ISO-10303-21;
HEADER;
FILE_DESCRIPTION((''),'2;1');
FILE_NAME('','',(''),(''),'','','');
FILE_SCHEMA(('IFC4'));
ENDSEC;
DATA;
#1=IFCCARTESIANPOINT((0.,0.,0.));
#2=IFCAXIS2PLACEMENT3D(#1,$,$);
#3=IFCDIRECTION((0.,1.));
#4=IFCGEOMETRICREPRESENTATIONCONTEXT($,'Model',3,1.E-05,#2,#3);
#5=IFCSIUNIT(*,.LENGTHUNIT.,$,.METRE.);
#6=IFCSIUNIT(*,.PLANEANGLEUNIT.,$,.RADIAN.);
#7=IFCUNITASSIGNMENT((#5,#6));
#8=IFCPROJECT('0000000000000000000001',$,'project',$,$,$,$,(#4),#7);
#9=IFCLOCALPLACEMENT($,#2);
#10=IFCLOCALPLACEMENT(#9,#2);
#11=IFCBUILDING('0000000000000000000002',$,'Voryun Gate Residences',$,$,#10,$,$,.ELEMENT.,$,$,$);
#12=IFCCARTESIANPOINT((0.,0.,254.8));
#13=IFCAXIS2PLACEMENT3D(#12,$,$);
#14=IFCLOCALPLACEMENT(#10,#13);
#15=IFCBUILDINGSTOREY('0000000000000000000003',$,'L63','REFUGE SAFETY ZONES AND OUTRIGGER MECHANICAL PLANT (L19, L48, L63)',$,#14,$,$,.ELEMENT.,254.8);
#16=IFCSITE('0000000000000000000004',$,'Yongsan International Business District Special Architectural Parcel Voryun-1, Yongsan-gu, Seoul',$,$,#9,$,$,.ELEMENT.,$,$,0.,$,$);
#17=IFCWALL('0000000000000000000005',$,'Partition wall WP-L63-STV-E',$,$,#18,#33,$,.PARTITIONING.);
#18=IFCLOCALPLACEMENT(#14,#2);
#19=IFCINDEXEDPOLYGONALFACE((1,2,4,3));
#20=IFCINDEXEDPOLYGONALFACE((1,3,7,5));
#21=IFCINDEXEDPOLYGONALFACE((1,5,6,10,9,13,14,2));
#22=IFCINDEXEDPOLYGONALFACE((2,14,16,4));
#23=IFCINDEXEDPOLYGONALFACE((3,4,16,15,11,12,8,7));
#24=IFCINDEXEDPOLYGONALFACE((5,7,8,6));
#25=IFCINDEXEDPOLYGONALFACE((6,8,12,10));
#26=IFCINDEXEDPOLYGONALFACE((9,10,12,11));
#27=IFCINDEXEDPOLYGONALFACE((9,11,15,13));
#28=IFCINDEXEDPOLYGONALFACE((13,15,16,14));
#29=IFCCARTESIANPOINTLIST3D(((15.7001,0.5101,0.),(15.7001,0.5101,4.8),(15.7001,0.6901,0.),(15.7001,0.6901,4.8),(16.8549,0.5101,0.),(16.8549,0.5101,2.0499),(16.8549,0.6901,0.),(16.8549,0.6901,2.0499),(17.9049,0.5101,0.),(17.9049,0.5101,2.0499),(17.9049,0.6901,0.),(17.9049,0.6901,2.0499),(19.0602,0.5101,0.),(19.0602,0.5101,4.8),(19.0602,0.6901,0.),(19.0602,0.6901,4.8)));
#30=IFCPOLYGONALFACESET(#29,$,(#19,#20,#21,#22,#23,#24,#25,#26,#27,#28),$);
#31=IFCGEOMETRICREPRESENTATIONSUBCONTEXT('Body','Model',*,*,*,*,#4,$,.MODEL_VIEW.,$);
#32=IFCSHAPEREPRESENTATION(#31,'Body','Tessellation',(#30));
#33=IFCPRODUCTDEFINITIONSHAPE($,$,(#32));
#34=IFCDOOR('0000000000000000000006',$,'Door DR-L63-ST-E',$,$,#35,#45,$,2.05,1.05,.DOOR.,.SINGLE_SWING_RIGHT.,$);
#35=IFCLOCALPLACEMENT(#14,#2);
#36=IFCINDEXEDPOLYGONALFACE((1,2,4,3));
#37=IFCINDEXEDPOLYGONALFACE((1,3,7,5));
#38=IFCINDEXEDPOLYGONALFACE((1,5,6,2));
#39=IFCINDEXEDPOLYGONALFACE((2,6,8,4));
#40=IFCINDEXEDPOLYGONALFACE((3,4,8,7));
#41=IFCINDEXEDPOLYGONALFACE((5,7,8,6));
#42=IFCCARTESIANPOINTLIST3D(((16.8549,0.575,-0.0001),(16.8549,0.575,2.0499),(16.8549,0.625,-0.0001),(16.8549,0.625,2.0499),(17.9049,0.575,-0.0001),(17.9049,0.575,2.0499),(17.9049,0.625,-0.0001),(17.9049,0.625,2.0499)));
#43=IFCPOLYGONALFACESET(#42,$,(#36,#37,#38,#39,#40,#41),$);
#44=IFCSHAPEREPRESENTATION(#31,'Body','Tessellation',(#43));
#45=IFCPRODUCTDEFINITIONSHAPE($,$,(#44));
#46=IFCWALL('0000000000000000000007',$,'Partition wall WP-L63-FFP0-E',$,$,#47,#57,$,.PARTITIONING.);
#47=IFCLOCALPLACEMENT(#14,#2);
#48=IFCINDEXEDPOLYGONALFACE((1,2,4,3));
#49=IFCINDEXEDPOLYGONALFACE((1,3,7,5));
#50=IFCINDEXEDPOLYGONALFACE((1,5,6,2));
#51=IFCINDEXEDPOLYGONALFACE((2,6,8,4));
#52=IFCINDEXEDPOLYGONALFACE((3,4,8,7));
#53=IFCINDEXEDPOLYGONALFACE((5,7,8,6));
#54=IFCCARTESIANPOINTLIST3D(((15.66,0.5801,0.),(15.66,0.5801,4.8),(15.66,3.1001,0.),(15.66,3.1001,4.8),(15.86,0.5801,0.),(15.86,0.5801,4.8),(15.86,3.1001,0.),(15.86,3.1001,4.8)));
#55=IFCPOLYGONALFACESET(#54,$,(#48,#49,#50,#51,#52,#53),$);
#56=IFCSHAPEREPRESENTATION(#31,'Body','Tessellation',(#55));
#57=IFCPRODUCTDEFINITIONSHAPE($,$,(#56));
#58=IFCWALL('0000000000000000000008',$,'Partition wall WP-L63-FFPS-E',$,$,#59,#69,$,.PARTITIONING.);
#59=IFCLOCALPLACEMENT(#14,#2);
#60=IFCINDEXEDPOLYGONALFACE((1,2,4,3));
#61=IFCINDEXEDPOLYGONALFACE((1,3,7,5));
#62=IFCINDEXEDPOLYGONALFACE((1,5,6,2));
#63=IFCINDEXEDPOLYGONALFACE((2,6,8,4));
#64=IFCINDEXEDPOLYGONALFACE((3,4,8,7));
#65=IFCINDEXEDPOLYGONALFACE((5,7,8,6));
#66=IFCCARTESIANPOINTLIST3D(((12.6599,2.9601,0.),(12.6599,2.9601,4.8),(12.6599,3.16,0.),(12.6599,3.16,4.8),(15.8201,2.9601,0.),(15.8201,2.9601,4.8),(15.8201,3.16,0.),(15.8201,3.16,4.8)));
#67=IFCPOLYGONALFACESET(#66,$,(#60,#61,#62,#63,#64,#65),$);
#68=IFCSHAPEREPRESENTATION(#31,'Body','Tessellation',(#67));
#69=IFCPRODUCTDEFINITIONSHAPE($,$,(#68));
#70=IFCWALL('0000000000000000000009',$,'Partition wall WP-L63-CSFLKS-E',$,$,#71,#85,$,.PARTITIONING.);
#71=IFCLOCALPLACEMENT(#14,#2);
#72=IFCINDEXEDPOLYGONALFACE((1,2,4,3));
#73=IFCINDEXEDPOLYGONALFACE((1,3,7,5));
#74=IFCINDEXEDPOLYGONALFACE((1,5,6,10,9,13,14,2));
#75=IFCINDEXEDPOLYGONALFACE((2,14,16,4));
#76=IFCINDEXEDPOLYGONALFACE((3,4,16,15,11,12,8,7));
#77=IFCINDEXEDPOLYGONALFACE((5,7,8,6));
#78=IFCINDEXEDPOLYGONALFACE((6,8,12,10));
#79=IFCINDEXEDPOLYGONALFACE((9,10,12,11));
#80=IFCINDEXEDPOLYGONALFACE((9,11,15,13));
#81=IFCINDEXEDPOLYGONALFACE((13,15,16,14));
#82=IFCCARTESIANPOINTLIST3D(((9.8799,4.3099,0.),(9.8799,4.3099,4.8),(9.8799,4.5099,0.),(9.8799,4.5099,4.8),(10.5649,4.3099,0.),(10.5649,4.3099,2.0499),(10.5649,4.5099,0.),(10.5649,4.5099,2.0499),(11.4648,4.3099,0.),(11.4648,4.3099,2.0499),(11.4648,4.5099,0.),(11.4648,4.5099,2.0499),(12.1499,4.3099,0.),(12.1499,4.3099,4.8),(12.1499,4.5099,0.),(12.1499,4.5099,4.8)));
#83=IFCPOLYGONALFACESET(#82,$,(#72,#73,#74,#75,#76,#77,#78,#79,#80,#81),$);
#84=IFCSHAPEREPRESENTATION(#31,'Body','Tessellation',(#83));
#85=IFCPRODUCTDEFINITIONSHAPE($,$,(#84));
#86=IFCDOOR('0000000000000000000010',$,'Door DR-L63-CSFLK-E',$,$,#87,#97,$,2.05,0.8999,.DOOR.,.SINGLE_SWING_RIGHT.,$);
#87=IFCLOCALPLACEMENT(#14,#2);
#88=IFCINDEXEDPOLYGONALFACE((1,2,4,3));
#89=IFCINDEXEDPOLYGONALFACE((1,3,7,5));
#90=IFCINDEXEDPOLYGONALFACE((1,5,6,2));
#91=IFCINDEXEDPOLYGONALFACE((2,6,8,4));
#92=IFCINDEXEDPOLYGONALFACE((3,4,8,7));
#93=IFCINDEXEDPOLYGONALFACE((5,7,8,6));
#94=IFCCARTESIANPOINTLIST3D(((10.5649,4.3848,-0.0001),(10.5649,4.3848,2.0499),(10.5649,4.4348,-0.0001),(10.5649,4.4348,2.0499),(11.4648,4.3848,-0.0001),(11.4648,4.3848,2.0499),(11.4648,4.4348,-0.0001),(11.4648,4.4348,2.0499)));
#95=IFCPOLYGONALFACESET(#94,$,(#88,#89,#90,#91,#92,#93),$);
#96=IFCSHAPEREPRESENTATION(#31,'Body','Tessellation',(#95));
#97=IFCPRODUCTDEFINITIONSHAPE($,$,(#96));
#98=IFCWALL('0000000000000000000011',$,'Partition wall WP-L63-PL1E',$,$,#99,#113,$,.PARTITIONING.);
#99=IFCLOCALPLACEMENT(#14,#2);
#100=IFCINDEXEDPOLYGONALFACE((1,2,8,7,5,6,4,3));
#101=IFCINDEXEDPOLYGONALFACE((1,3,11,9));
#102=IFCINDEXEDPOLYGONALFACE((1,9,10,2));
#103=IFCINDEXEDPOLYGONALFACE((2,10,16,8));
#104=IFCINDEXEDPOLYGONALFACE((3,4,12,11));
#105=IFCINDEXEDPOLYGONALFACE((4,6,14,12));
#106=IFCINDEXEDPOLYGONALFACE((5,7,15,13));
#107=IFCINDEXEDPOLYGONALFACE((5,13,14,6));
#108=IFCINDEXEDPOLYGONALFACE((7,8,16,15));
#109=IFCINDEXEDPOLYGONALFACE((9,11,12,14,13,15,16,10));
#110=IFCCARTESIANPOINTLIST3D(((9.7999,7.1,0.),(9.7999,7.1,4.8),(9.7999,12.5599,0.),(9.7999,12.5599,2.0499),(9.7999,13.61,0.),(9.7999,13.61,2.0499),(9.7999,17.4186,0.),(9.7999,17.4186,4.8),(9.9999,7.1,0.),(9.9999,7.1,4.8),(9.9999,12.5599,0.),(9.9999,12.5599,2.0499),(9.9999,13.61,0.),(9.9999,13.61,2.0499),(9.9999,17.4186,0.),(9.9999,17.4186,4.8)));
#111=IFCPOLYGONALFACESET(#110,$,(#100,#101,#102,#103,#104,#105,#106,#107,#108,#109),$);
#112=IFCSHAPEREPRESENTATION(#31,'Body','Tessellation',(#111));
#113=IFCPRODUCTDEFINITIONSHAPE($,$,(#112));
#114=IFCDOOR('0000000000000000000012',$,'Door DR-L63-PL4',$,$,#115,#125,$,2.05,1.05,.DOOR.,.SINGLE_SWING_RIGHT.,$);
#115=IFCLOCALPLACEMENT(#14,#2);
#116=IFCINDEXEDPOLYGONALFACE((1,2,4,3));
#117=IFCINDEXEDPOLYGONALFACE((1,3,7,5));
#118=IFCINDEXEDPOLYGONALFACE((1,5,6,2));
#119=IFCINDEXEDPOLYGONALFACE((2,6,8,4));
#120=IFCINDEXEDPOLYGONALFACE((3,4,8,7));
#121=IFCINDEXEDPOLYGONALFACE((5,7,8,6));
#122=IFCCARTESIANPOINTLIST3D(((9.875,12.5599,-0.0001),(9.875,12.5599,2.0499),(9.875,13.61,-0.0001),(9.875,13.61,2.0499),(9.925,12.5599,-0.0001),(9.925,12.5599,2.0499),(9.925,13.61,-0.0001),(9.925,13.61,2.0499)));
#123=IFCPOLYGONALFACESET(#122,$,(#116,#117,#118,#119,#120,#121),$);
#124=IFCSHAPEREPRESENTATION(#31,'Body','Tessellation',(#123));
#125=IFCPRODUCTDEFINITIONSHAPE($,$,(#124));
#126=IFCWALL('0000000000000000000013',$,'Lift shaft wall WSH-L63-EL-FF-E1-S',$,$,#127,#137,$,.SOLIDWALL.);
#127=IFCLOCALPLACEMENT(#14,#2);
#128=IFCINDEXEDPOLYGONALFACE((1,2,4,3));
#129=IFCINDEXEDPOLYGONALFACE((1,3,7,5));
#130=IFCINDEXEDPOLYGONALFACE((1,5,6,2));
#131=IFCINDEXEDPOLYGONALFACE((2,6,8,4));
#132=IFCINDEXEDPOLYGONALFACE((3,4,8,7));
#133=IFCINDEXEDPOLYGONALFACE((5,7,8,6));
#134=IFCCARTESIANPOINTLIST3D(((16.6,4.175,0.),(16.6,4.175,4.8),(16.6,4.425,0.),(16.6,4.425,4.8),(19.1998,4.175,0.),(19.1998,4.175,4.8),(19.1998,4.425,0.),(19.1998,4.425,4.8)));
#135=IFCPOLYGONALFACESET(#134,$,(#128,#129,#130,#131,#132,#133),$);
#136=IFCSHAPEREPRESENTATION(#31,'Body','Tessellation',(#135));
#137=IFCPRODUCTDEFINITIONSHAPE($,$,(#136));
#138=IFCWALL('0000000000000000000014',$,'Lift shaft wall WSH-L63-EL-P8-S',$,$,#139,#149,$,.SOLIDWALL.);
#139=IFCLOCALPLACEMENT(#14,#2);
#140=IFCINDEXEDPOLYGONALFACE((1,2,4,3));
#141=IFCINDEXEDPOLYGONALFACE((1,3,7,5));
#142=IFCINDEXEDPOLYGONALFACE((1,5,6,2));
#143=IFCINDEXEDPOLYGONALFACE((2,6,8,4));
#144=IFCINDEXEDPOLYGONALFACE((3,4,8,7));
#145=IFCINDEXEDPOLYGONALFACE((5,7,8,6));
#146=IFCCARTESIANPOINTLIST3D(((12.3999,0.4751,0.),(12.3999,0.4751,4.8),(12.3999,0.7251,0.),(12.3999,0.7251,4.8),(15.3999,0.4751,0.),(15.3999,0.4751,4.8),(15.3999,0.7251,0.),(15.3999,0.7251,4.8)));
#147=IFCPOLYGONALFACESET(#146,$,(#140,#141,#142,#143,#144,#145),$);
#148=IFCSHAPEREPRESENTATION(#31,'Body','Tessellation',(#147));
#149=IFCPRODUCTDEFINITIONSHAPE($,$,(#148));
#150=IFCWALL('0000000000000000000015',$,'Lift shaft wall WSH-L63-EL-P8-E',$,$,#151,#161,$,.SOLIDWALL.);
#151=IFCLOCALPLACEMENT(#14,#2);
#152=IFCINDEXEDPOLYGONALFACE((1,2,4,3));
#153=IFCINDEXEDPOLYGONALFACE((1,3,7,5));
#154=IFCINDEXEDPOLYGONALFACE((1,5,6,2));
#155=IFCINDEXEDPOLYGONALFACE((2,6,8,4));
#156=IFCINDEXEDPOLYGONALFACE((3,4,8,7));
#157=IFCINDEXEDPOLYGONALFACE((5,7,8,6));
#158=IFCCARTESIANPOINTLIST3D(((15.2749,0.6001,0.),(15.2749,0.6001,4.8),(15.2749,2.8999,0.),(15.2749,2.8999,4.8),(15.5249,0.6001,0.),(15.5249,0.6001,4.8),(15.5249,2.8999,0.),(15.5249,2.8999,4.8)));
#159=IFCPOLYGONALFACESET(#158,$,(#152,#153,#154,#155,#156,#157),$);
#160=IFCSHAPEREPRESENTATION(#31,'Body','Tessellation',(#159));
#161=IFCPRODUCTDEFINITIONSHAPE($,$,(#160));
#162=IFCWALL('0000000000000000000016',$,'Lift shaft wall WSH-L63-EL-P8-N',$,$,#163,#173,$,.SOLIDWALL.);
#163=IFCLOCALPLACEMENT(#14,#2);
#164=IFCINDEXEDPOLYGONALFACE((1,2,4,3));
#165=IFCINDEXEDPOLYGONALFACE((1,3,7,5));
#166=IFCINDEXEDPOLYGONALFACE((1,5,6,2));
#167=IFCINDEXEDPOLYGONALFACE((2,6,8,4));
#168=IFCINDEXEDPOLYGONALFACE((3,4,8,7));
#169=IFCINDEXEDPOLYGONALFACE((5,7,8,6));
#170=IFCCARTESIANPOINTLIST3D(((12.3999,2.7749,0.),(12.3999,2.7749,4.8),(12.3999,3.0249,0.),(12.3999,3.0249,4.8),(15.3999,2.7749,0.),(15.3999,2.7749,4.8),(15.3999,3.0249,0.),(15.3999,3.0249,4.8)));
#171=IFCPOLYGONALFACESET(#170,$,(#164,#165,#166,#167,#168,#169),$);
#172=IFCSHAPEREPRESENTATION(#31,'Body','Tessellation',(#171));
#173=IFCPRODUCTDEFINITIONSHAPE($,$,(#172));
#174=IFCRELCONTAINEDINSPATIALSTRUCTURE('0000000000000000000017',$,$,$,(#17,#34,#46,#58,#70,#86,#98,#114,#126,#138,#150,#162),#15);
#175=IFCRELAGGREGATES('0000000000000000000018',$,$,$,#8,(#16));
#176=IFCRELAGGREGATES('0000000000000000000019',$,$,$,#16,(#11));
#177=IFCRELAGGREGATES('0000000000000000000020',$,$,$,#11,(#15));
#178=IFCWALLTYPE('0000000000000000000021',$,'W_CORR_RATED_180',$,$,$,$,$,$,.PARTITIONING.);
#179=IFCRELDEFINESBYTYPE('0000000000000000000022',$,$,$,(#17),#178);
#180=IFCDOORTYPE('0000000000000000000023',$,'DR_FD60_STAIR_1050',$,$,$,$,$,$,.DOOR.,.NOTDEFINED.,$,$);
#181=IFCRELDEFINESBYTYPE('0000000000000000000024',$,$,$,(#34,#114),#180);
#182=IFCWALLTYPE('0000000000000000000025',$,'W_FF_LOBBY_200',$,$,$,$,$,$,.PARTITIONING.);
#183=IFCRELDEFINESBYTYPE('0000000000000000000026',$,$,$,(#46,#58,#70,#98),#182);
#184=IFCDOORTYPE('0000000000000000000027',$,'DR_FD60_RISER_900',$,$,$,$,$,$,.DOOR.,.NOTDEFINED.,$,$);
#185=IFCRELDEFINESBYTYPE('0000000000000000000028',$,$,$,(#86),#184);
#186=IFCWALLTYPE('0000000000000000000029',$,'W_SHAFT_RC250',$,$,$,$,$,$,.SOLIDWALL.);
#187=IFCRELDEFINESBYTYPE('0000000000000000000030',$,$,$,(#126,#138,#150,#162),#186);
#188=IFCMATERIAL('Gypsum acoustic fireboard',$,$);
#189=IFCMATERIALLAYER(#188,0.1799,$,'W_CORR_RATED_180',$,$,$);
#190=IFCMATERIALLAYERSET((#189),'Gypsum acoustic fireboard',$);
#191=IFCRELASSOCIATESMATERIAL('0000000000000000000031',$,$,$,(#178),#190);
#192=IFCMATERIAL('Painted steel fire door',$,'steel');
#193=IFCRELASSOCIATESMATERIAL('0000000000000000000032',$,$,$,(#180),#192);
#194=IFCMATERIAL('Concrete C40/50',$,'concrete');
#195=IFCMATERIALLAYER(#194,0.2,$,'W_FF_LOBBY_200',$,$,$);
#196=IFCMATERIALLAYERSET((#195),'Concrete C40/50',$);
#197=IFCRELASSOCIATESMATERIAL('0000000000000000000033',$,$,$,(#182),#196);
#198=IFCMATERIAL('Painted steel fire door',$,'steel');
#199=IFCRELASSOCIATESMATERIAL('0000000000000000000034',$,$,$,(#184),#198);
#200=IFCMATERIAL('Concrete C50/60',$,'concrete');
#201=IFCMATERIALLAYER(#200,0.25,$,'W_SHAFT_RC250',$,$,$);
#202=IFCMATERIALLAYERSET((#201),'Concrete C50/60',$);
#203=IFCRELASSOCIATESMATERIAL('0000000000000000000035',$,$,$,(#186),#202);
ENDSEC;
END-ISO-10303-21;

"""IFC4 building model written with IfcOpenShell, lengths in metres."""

from ifc_helpers import new_model, si_unit, direction, frame, frame_2d, origin, place, context, subcontext, project, spatial, rectangle, extrude, material, layer, layer_set, type_object, element, fill, save


model = new_model("IFC4")

# Units and contexts
model_context = context("Model", 3, precision=1e-05, world=origin(), true_north=direction((0.0, 1.0)))
body_context = subcontext(model_context, "Body", "Model", "MODEL_VIEW")
ifc_project = project(units=[si_unit("LENGTHUNIT", "METRE"), si_unit("PLANEANGLEUNIT", "RADIAN")], contexts=[model_context])

# Site, building, storey
site_placement = place(None, origin())
site = spatial("IfcSite", under=ifc_project, at=site_placement, Name="Yongsan International Business District Special Architectural Parcel Voryun-1, Yongsan-gu, Seoul", CompositionType="ELEMENT", RefElevation=0.0)
building_placement = place(site_placement, origin())
building = spatial("IfcBuilding", under=site, at=building_placement, Name="Voryun Gate Residences", CompositionType="ELEMENT")
storey_placement = place(building_placement, frame((0.0, 0.0, 254.8)))
storey = spatial("IfcBuildingStorey", under=building, at=storey_placement, Name="L63", Description="REFUGE SAFETY ZONES AND OUTRIGGER MECHANICAL PLANT (L19, L48, L63)", CompositionType="ELEMENT", Elevation=254.8)

# Wall, opening, door
ifc_material_1 = material(Name="Gypsum acoustic fireboard")
ifc_layer_1 = layer(ifc_material_1, 0.1799, Name="W_CORR_RATED_180")
ifc_layer_set_1 = layer_set([ifc_layer_1], Name="Gypsum acoustic fireboard")
wall_type_1 = type_object("IfcWallType", Name="W_CORR_RATED_180", PredefinedType="PARTITIONING", material=ifc_layer_set_1)
wall_1_placement = place(storey_placement, frame((15.7, 0.6001, 0.0), z_axis=(0.0, 0.0, 1.0), x_axis=(1.0, 0.0, 0.0)))
wall_1 = element("IfcWall", 1, at=wall_1_placement, inside=storey, type_object=wall_type_1, Name="Partition wall WP-L63-STV-E", PredefinedType="PARTITIONING", context=body_context, shape_type="SweptSolid", body=[
    extrude(rectangle(XDim=3.3601, YDim=0.1799, at=frame_2d((1.6802, 0.0))), origin(), (0.0, 0.0, 1.0), 4.8),
])
opening_1_placement = place(wall_1_placement, frame((1.155, 0.0, 0.0)))
opening_1 = element("IfcOpeningElement", 2, at=opening_1_placement, cuts=wall_1, PredefinedType="OPENING", context=body_context, shape_type="SweptSolid", body=[
    extrude(rectangle(XDim=1.05, YDim=2.05, at=frame_2d((0.5249, 1.0249))), frame((0.0, 0.0999, 0.0), z_axis=(0.0, -1.0, 0.0), x_axis=(1.0, 0.0, 0.0)), (0.0, 0.0, 1.0), 0.2),
])
ifc_material_2 = material(Name="Painted steel fire door", Category="steel")
door_type_1 = type_object("IfcDoorType", Name="DR_FD60_STAIR_1050", OperationType="NOTDEFINED", PredefinedType="DOOR", material=ifc_material_2)
door_1_placement = place(opening_1_placement, origin())
door_1 = element("IfcDoor", 3, at=door_1_placement, inside=storey, type_object=door_type_1, Name="Door DR-L63-ST-E", OperationType="SINGLE_SWING_RIGHT", OverallHeight=2.05, OverallWidth=1.05, PredefinedType="DOOR", context=body_context, shape_type="SweptSolid", body=[
    extrude(rectangle(XDim=1.05, YDim=2.05, at=frame_2d((0.5249, 1.0249))), frame((0.0, 0.0249, 0.0), z_axis=(0.0, -1.0, 0.0), x_axis=(1.0, 0.0, 0.0)), (0.0, 0.0, 1.0), 0.05),
])
fill(opening_1, door_1)

# Walls
ifc_material_3 = material(Name="Concrete C40/50", Category="concrete")
ifc_layer_2 = layer(ifc_material_3, 0.2, Name="W_FF_LOBBY_200")
ifc_layer_set_2 = layer_set([ifc_layer_2], Name="Concrete C40/50")
wall_type_2 = type_object("IfcWallType", Name="W_FF_LOBBY_200", PredefinedType="PARTITIONING", material=ifc_layer_set_2)
wall_2_placement = place(storey_placement, frame((15.76, 0.5801, 0.0), z_axis=(0.0, 0.0, 1.0), x_axis=(0.0, 1.0, 0.0)))
element("IfcWall", 4, at=wall_2_placement, inside=storey, type_object=wall_type_2, Name="Partition wall WP-L63-FFP0-E", PredefinedType="PARTITIONING", context=body_context, shape_type="SweptSolid", body=[
    extrude(rectangle(XDim=2.52, YDim=0.2, at=frame_2d((1.26, 0.0))), origin(), (0.0, 0.0, 1.0), 4.8),
])
wall_3_placement = place(storey_placement, frame((12.6599, 3.0601, 0.0), z_axis=(0.0, 0.0, 1.0), x_axis=(1.0, 0.0, 0.0)))
element("IfcWall", 5, at=wall_3_placement, inside=storey, type_object=wall_type_2, Name="Partition wall WP-L63-FFPS-E", PredefinedType="PARTITIONING", context=body_context, shape_type="SweptSolid", body=[
    extrude(rectangle(XDim=3.1602, YDim=0.2, at=frame_2d((1.5801, 0.0))), origin(), (0.0, 0.0, 1.0), 4.8),
])

# Walls, openings, doors
wall_4_placement = place(storey_placement, frame((9.8799, 4.4099, 0.0), z_axis=(0.0, 0.0, 1.0), x_axis=(1.0, 0.0, 0.0)))
wall_4 = element("IfcWall", 6, at=wall_4_placement, inside=storey, type_object=wall_type_2, Name="Partition wall WP-L63-CSFLKS-E", PredefinedType="PARTITIONING", context=body_context, shape_type="SweptSolid", body=[
    extrude(rectangle(XDim=2.27, YDim=0.2, at=frame_2d((1.135, 0.0))), origin(), (0.0, 0.0, 1.0), 4.8),
])
opening_2_placement = place(wall_4_placement, frame((0.6851, 0.0, 0.0)))
opening_2 = element("IfcOpeningElement", 7, at=opening_2_placement, cuts=wall_4, PredefinedType="OPENING", context=body_context, shape_type="SweptSolid", body=[
    extrude(rectangle(XDim=0.8999, YDim=2.05, at=frame_2d((0.45, 1.0249))), frame((0.0, 0.1101, 0.0), z_axis=(0.0, -1.0, 0.0), x_axis=(1.0, 0.0, 0.0)), (0.0, 0.0, 1.0), 0.22),
])
ifc_material_4 = material(Name="Painted steel fire door", Category="steel")
door_type_2 = type_object("IfcDoorType", Name="DR_FD60_RISER_900", OperationType="NOTDEFINED", PredefinedType="DOOR", material=ifc_material_4)
door_2_placement = place(opening_2_placement, origin())
door_2 = element("IfcDoor", 8, at=door_2_placement, inside=storey, type_object=door_type_2, Name="Door DR-L63-CSFLK-E", OperationType="SINGLE_SWING_RIGHT", OverallHeight=2.05, OverallWidth=0.8999, PredefinedType="DOOR", context=body_context, shape_type="SweptSolid", body=[
    extrude(rectangle(XDim=0.8999, YDim=2.05, at=frame_2d((0.45, 1.0249))), frame((0.0, 0.0249, 0.0), z_axis=(0.0, -1.0, 0.0), x_axis=(1.0, 0.0, 0.0)), (0.0, 0.0, 1.0), 0.05),
])
fill(opening_2, door_2)
wall_5_placement = place(storey_placement, frame((9.8999, 7.1001, 0.0), z_axis=(0.0, 0.0, 1.0), x_axis=(0.0, 1.0, 0.0)))
wall_5 = element("IfcWall", 9, at=wall_5_placement, inside=storey, type_object=wall_type_2, Name="Partition wall WP-L63-PL1E", PredefinedType="PARTITIONING", context=body_context, shape_type="SweptSolid", body=[
    extrude(rectangle(XDim=10.3186, YDim=0.2, at=frame_2d((5.1592, 0.0))), origin(), (0.0, 0.0, 1.0), 4.8),
])
opening_3_placement = place(wall_5_placement, frame((5.46, 0.0, 0.0)))
opening_3 = element("IfcOpeningElement", 10, at=opening_3_placement, cuts=wall_5, PredefinedType="OPENING", context=body_context, shape_type="SweptSolid", body=[
    extrude(rectangle(XDim=1.05, YDim=2.05, at=frame_2d((0.5249, 1.0249))), frame((0.0, 0.1101, 0.0), z_axis=(0.0, -1.0, 0.0), x_axis=(1.0, 0.0, 0.0)), (0.0, 0.0, 1.0), 0.22),
])
door_3_placement = place(opening_3_placement, origin())
door_3 = element("IfcDoor", 11, at=door_3_placement, inside=storey, type_object=door_type_1, Name="Door DR-L63-PL4", OperationType="SINGLE_SWING_RIGHT", OverallHeight=2.05, OverallWidth=1.05, PredefinedType="DOOR", context=body_context, shape_type="SweptSolid", body=[
    extrude(rectangle(XDim=1.05, YDim=2.05, at=frame_2d((0.5249, 1.0249))), frame((0.0, 0.0249, 0.0), z_axis=(0.0, -1.0, 0.0), x_axis=(1.0, 0.0, 0.0)), (0.0, 0.0, 1.0), 0.05),
])
fill(opening_3, door_3)

# Walls
ifc_material_5 = material(Name="Concrete C50/60", Category="concrete")
ifc_layer_3 = layer(ifc_material_5, 0.25, Name="W_SHAFT_RC250")
ifc_layer_set_3 = layer_set([ifc_layer_3], Name="Concrete C50/60")
wall_type_3 = type_object("IfcWallType", Name="W_SHAFT_RC250", PredefinedType="SOLIDWALL", material=ifc_layer_set_3)
wall_6_placement = place(storey_placement, frame((16.6001, 4.3, 0.0), z_axis=(0.0, 0.0, 1.0), x_axis=(1.0, 0.0, 0.0)))
element("IfcWall", 12, at=wall_6_placement, inside=storey, type_object=wall_type_3, Name="Lift shaft wall WSH-L63-EL-FF-E1-S", PredefinedType="SOLIDWALL", context=body_context, shape_type="SweptSolid", body=[
    extrude(rectangle(XDim=2.5999, YDim=0.25, at=frame_2d((1.2998, 0.0))), origin(), (0.0, 0.0, 1.0), 4.8),
])
wall_7_placement = place(storey_placement, frame((12.3999, 0.6001, 0.0), z_axis=(0.0, 0.0, 1.0), x_axis=(1.0, 0.0, 0.0)))
element("IfcWall", 13, at=wall_7_placement, inside=storey, type_object=wall_type_3, Name="Lift shaft wall WSH-L63-EL-P8-S", PredefinedType="SOLIDWALL", context=body_context, shape_type="SweptSolid", body=[
    extrude(rectangle(XDim=3.0, YDim=0.25, at=frame_2d((1.5, 0.0))), origin(), (0.0, 0.0, 1.0), 4.8),
])
wall_8_placement = place(storey_placement, frame((15.3999, 0.6001, 0.0), z_axis=(0.0, 0.0, 1.0), x_axis=(0.0, 1.0, 0.0)))
element("IfcWall", 14, at=wall_8_placement, inside=storey, type_object=wall_type_3, Name="Lift shaft wall WSH-L63-EL-P8-E", PredefinedType="SOLIDWALL", context=body_context, shape_type="SweptSolid", body=[
    extrude(rectangle(XDim=2.2998, YDim=0.25, at=frame_2d((1.1499, 0.0))), origin(), (0.0, 0.0, 1.0), 4.8),
])
wall_9_placement = place(storey_placement, frame((15.3999, 2.8999, 0.0), z_axis=(0.0, 0.0, 1.0), x_axis=(-1.0, 0.0, 0.0)))
element("IfcWall", 15, at=wall_9_placement, inside=storey, type_object=wall_type_3, Name="Lift shaft wall WSH-L63-EL-P8-N", PredefinedType="SOLIDWALL", context=body_context, shape_type="SweptSolid", body=[
    extrude(rectangle(XDim=3.0, YDim=0.25, at=frame_2d((1.5, 0.0))), origin(), (0.0, 0.0, 1.0), 4.8),
])

save(model, "model.ifc")
